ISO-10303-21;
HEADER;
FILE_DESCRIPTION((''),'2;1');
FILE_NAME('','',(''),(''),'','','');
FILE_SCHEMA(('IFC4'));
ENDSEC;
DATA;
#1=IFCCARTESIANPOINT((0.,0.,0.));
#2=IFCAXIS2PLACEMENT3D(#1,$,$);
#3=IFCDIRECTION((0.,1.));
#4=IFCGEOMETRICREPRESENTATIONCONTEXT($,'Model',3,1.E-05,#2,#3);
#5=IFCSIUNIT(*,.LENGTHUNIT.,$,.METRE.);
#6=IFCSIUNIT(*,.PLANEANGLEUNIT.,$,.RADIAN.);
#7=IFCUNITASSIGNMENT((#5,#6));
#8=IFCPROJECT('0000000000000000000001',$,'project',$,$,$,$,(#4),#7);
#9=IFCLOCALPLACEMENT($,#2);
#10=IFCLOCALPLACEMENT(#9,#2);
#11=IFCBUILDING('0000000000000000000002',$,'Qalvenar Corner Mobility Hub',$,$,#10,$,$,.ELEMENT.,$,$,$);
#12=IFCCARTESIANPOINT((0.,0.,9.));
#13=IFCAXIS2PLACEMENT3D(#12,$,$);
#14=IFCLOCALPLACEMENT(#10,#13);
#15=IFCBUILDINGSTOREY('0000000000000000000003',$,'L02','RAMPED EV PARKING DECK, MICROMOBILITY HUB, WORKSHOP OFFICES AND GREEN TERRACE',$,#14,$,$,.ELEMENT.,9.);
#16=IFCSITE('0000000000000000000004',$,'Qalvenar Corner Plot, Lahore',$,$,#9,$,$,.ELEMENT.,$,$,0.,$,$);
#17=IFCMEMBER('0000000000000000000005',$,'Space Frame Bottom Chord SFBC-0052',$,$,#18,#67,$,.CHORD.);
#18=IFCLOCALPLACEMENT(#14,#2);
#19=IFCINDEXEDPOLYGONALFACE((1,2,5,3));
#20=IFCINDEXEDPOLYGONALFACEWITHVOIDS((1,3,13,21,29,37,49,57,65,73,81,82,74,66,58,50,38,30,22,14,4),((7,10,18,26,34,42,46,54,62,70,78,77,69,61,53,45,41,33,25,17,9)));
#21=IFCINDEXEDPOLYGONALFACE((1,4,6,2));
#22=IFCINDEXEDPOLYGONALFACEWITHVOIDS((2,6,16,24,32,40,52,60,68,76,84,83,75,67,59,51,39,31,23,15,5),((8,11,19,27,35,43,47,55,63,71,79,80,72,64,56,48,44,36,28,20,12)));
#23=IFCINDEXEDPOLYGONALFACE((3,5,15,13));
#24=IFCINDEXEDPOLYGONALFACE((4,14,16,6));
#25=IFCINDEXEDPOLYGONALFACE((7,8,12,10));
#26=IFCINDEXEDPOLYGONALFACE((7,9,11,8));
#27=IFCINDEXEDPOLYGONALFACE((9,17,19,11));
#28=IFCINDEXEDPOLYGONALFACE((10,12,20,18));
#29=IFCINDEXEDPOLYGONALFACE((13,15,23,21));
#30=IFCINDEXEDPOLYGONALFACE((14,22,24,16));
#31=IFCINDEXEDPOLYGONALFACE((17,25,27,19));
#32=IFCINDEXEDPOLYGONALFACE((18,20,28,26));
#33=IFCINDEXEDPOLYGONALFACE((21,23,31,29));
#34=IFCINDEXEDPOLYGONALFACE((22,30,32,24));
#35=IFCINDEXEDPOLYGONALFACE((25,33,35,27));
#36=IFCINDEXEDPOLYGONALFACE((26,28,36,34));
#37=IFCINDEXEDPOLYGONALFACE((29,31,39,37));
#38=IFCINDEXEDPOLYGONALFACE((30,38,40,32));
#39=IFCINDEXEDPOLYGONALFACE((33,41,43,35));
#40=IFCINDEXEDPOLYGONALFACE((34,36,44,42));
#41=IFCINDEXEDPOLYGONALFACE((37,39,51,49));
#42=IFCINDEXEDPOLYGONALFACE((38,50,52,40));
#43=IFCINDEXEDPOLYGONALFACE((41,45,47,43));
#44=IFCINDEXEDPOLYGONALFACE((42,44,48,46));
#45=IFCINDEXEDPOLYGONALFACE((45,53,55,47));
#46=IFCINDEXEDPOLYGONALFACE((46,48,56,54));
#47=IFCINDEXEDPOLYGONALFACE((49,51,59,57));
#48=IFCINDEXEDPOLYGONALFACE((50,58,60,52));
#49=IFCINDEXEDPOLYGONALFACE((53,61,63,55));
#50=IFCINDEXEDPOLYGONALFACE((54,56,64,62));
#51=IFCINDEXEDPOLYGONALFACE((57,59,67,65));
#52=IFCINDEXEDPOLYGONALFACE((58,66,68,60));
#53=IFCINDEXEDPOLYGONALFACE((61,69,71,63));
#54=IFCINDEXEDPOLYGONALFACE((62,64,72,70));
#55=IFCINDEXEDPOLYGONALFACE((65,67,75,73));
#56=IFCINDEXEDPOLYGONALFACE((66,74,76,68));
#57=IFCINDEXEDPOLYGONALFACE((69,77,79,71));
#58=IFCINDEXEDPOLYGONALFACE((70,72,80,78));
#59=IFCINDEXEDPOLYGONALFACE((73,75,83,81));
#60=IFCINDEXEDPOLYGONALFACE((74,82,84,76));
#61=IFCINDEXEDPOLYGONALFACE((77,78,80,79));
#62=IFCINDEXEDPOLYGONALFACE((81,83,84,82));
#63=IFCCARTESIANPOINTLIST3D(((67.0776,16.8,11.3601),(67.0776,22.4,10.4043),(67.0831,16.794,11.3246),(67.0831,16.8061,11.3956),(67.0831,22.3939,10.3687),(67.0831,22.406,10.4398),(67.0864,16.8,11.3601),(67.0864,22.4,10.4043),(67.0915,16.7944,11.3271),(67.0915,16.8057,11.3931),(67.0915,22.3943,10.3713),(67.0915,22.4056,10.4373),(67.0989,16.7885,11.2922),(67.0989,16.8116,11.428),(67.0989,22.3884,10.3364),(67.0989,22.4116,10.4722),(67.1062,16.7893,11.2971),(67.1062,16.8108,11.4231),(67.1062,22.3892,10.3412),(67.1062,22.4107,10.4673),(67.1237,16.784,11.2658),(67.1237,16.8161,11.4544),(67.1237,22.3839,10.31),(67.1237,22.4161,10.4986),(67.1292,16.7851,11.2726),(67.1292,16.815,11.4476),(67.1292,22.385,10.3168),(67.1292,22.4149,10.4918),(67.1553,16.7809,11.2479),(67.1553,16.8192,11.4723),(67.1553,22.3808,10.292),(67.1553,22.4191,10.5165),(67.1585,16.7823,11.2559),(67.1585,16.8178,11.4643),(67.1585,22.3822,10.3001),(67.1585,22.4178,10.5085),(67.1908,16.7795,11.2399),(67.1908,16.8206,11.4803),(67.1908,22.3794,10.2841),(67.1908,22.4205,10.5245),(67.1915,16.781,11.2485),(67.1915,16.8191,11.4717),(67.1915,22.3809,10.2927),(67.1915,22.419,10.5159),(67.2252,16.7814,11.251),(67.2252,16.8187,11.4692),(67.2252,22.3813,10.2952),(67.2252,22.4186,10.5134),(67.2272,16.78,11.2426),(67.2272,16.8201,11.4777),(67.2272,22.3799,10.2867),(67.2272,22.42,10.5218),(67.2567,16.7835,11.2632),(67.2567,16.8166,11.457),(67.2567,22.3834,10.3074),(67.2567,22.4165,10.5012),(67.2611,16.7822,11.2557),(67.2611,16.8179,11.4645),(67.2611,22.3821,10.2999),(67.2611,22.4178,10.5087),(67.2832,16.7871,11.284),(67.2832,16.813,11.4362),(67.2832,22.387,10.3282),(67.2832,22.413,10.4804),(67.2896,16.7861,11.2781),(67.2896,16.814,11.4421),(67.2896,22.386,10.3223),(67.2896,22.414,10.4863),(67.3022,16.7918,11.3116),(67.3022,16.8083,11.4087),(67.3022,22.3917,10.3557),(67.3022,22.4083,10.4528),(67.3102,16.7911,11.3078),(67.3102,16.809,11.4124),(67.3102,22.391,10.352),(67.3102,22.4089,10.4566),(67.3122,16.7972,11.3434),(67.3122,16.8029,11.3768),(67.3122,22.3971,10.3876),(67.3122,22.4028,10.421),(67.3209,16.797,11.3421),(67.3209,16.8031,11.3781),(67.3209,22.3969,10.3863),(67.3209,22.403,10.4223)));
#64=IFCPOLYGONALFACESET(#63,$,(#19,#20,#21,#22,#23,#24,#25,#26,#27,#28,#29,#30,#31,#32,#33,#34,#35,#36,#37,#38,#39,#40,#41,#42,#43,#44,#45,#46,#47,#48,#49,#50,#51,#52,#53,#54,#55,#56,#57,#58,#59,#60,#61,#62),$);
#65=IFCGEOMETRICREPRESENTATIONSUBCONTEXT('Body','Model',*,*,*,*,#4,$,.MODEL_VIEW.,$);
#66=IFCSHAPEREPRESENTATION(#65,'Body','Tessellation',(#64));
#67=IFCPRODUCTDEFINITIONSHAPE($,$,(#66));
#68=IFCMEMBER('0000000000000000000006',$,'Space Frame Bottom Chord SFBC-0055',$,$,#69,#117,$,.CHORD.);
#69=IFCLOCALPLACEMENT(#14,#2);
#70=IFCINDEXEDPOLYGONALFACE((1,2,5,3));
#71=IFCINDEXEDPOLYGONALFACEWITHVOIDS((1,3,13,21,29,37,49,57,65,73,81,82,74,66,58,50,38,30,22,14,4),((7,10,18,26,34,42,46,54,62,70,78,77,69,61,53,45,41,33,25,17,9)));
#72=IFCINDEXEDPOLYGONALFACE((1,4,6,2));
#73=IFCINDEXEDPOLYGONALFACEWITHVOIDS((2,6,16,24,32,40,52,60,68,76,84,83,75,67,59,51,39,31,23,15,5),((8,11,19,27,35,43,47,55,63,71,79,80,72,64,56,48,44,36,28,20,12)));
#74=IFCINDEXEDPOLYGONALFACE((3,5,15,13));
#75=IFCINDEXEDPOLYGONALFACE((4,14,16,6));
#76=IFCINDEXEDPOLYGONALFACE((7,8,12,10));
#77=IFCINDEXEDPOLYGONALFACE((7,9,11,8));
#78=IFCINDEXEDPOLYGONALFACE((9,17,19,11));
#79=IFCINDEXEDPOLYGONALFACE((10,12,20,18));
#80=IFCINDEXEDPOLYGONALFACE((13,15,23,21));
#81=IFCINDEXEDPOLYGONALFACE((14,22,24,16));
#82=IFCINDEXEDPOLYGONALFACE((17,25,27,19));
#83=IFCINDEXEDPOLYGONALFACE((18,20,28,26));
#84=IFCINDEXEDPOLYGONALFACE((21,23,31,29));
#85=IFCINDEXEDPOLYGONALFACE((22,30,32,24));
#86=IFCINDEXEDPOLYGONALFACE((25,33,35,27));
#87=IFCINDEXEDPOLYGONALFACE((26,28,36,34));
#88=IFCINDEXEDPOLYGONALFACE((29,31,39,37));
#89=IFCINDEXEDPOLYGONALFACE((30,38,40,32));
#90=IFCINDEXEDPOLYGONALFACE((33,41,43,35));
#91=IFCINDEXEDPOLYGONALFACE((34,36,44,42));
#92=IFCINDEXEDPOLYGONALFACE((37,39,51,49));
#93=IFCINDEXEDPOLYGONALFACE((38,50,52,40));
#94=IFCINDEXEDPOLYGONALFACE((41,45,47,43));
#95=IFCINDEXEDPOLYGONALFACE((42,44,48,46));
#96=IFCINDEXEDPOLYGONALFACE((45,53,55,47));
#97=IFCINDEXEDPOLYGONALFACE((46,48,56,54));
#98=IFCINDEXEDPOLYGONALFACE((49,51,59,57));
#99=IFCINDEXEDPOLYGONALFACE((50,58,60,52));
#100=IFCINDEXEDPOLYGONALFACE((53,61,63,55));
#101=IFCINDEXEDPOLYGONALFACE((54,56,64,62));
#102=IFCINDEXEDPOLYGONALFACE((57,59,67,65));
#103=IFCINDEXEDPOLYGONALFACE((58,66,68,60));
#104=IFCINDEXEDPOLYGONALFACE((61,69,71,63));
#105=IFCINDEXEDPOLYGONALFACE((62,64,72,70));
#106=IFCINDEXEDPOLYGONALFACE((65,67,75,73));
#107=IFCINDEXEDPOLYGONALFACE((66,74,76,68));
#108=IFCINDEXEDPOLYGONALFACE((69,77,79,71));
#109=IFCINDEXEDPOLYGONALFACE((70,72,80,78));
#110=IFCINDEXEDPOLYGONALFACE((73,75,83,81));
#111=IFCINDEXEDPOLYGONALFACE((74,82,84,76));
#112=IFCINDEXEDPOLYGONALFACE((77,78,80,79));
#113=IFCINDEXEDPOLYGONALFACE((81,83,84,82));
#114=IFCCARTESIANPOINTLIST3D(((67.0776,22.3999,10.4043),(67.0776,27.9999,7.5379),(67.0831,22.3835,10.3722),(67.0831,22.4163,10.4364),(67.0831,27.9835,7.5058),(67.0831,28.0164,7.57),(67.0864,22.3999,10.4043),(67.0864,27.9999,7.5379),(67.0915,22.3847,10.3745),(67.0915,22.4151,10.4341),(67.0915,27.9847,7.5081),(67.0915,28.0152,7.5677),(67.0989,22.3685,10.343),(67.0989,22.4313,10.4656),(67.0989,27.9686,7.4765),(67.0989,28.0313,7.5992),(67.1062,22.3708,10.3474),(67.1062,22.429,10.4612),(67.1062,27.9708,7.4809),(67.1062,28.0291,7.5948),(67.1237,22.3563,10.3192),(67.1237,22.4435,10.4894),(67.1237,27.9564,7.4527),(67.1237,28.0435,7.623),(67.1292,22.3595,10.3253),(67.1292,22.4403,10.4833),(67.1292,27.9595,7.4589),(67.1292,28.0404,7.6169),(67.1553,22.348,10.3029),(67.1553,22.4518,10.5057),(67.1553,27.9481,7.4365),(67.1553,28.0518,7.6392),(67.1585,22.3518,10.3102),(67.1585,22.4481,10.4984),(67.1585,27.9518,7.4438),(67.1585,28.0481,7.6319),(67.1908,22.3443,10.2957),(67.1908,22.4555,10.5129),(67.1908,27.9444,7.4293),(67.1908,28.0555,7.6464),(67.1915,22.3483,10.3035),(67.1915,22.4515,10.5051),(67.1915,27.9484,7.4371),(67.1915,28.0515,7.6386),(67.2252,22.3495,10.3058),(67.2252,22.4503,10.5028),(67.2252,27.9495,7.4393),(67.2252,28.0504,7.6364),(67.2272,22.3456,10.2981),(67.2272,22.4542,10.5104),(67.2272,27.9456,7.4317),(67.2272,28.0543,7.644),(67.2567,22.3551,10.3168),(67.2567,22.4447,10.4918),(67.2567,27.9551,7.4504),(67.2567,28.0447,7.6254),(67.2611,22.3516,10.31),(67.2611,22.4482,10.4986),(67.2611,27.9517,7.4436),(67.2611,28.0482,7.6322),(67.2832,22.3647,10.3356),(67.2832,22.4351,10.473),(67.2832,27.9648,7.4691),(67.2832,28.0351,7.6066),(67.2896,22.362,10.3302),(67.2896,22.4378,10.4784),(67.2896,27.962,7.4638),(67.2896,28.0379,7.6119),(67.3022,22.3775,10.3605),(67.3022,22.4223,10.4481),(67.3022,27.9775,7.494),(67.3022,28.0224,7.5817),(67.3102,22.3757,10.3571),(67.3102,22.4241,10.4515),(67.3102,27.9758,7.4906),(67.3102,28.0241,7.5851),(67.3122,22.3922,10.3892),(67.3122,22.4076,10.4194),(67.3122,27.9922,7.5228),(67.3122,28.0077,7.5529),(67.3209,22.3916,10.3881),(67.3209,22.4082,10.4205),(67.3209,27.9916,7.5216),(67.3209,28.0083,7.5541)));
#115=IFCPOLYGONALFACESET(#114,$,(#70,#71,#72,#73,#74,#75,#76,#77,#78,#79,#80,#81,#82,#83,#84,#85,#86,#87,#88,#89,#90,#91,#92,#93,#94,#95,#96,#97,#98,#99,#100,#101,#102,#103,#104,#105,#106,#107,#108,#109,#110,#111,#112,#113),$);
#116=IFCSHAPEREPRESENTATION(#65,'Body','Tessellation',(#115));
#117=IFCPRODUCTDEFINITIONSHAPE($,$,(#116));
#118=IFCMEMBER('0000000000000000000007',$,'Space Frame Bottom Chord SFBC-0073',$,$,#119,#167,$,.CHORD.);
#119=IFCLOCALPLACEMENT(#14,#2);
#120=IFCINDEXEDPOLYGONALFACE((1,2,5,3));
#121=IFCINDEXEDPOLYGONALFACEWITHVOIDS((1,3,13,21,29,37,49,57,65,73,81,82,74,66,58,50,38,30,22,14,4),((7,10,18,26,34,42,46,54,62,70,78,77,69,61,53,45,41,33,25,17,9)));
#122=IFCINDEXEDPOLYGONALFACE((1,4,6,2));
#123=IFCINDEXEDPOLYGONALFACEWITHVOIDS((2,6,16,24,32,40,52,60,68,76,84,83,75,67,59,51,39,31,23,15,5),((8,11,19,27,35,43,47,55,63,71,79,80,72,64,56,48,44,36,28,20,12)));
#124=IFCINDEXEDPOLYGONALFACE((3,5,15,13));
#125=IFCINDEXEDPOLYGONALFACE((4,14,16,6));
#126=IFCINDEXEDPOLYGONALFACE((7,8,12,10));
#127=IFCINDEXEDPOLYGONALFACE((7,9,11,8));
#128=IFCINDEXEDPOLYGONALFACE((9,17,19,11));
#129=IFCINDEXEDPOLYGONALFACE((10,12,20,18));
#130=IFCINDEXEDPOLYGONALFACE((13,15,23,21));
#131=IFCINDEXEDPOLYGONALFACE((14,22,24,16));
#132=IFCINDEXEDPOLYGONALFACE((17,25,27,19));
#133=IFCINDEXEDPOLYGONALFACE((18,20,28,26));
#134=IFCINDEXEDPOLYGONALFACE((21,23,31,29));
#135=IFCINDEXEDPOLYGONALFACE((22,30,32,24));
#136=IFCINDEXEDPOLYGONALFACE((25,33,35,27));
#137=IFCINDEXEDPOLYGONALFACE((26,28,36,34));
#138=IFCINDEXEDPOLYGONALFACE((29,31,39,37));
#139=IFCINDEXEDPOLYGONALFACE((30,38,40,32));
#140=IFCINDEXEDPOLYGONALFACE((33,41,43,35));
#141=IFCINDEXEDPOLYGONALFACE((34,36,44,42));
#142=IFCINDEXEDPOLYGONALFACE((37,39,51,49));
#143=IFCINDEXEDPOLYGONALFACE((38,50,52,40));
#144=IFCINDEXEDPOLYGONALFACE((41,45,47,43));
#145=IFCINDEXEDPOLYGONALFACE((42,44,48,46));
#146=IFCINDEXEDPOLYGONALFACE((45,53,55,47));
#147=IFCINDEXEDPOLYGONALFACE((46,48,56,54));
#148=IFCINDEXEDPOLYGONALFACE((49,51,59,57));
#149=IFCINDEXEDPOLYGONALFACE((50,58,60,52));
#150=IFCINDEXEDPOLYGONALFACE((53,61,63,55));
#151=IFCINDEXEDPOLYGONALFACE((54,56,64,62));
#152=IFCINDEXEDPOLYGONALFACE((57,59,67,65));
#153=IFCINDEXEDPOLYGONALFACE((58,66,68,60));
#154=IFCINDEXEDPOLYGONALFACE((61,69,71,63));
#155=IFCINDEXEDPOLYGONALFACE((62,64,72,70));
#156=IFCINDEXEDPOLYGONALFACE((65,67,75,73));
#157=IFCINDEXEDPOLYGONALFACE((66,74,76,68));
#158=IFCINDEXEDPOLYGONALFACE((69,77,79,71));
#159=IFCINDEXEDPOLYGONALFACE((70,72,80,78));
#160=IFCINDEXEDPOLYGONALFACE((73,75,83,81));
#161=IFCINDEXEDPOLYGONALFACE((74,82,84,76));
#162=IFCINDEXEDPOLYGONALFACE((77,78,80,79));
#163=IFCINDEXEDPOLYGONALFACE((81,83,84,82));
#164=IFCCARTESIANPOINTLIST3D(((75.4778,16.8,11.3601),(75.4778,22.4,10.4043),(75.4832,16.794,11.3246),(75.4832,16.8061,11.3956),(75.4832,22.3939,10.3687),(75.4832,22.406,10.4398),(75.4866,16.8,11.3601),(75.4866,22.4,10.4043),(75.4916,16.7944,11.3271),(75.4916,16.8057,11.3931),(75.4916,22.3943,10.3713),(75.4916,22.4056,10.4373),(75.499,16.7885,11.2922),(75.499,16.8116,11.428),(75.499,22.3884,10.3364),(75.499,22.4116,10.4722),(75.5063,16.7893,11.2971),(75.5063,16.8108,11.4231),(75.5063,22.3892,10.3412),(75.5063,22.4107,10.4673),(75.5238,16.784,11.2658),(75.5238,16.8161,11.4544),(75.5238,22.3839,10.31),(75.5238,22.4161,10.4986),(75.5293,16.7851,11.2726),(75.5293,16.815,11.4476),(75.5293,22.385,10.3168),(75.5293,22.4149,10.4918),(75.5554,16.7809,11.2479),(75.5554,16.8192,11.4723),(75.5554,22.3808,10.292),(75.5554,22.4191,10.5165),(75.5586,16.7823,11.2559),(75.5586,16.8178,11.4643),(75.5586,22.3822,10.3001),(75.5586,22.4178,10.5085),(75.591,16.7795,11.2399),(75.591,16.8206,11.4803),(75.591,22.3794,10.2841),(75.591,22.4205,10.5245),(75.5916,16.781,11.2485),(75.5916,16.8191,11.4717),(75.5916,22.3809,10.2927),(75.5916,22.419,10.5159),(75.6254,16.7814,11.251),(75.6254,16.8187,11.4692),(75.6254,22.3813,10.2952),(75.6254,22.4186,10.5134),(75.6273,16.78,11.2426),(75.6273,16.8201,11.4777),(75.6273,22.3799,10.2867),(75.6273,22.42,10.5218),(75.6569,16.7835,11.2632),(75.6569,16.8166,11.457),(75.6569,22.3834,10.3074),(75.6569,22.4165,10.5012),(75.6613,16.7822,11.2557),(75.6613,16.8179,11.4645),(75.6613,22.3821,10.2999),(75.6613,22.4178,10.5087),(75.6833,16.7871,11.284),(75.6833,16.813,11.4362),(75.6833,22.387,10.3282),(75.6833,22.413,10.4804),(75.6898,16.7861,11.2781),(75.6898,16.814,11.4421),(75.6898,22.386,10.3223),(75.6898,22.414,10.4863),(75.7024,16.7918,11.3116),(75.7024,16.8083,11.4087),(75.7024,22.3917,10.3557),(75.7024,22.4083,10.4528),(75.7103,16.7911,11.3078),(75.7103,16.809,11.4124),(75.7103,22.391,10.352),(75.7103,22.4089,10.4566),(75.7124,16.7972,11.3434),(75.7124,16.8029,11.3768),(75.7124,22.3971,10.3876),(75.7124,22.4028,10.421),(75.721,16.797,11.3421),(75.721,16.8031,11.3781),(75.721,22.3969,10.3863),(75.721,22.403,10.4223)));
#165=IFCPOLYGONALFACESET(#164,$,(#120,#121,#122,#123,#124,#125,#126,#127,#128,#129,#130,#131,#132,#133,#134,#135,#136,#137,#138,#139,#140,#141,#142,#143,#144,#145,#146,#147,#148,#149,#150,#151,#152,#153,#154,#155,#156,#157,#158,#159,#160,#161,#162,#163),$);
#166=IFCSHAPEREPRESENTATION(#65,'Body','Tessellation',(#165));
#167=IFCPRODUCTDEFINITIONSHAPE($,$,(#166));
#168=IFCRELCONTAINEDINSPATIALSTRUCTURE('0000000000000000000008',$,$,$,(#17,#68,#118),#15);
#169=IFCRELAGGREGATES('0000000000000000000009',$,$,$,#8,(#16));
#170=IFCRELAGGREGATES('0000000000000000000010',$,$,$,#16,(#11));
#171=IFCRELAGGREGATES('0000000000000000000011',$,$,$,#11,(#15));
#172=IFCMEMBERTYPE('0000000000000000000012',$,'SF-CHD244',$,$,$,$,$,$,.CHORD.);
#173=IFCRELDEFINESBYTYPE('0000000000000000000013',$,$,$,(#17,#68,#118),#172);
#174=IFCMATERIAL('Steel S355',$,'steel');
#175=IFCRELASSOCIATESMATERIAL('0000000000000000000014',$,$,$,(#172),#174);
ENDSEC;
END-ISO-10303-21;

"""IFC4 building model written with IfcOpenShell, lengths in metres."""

from ifc_helpers import new_model, si_unit, direction, frame, origin, origin_2d, place, context, subcontext, project, spatial, hollow_circle, extrude, material, material_profile, profile_set, type_object, element, save


model = new_model("IFC4")

# Units and contexts
model_context = context("Model", 3, precision=1e-05, world=origin(), true_north=direction((0.0, 1.0)))
body_context = subcontext(model_context, "Body", "Model", "MODEL_VIEW")
ifc_project = project(units=[si_unit("LENGTHUNIT", "METRE"), si_unit("PLANEANGLEUNIT", "RADIAN")], contexts=[model_context])

# Site, building, storey
site_placement = place(None, origin())
site = spatial("IfcSite", under=ifc_project, at=site_placement, Name="Qalvenar Corner Plot, Lahore", CompositionType="ELEMENT", RefElevation=0.0)
building_placement = place(site_placement, origin())
building = spatial("IfcBuilding", under=site, at=building_placement, Name="Qalvenar Corner Mobility Hub", CompositionType="ELEMENT")
storey_placement = place(building_placement, frame((0.0, 0.0, 9.0)))
storey = spatial("IfcBuildingStorey", under=building, at=storey_placement, Name="L02", Description="RAMPED EV PARKING DECK, MICROMOBILITY HUB, WORKSHOP OFFICES AND GREEN TERRACE", CompositionType="ELEMENT", Elevation=9.0)

# Members
ifc_material_1 = material(Name="Steel S355", Category="steel")
ifc_material_profile_1 = material_profile(ifc_material_1, hollow_circle(Radius=0.1223, WallThickness=0.0088, at=origin_2d()), Name="CHS244.5x8.8")
ifc_profile_set_1 = profile_set([ifc_material_profile_1], Name="Steel S355")
member_type_1 = type_object("IfcMemberType", Name="SF-CHD244", PredefinedType="CHORD", material=ifc_profile_set_1)
member_1_placement = place(storey_placement, frame((67.2, 16.8, 11.3601), z_axis=(0.0, 0.985744, -0.168252), x_axis=(-1.0, 0.0, 0.0)))
element("IfcMember", 1, at=member_1_placement, inside=storey, type_object=member_type_1, Name="Space Frame Bottom Chord SFBC-0052", PredefinedType="CHORD", context=body_context, shape_type="SweptSolid", body=[
    extrude(hollow_circle(Radius=0.1223, WallThickness=0.0088, at=origin_2d()), origin(), (0.0, 0.0, 1.0), 5.6809),
])
member_2_placement = place(storey_placement, frame((67.2, 22.3999, 10.4043), z_axis=(0.0, 0.890165, -0.455638), x_axis=(-1.0, 0.0, 0.0)))
element("IfcMember", 2, at=member_2_placement, inside=storey, type_object=member_type_1, Name="Space Frame Bottom Chord SFBC-0055", PredefinedType="CHORD", context=body_context, shape_type="SweptSolid", body=[
    extrude(hollow_circle(Radius=0.1223, WallThickness=0.0088, at=origin_2d()), origin(), (0.0, 0.0, 1.0), 6.291),
])
member_3_placement = place(storey_placement, frame((75.6001, 16.8, 11.3601), z_axis=(0.0, 0.985744, -0.168252), x_axis=(-1.0, 0.0, 0.0)))
element("IfcMember", 3, at=member_3_placement, inside=storey, type_object=member_type_1, Name="Space Frame Bottom Chord SFBC-0073", PredefinedType="CHORD", context=body_context, shape_type="SweptSolid", body=[
    extrude(hollow_circle(Radius=0.1223, WallThickness=0.0088, at=origin_2d()), origin(), (0.0, 0.0, 1.0), 5.6809),
])

save(model, "model.ifc")
